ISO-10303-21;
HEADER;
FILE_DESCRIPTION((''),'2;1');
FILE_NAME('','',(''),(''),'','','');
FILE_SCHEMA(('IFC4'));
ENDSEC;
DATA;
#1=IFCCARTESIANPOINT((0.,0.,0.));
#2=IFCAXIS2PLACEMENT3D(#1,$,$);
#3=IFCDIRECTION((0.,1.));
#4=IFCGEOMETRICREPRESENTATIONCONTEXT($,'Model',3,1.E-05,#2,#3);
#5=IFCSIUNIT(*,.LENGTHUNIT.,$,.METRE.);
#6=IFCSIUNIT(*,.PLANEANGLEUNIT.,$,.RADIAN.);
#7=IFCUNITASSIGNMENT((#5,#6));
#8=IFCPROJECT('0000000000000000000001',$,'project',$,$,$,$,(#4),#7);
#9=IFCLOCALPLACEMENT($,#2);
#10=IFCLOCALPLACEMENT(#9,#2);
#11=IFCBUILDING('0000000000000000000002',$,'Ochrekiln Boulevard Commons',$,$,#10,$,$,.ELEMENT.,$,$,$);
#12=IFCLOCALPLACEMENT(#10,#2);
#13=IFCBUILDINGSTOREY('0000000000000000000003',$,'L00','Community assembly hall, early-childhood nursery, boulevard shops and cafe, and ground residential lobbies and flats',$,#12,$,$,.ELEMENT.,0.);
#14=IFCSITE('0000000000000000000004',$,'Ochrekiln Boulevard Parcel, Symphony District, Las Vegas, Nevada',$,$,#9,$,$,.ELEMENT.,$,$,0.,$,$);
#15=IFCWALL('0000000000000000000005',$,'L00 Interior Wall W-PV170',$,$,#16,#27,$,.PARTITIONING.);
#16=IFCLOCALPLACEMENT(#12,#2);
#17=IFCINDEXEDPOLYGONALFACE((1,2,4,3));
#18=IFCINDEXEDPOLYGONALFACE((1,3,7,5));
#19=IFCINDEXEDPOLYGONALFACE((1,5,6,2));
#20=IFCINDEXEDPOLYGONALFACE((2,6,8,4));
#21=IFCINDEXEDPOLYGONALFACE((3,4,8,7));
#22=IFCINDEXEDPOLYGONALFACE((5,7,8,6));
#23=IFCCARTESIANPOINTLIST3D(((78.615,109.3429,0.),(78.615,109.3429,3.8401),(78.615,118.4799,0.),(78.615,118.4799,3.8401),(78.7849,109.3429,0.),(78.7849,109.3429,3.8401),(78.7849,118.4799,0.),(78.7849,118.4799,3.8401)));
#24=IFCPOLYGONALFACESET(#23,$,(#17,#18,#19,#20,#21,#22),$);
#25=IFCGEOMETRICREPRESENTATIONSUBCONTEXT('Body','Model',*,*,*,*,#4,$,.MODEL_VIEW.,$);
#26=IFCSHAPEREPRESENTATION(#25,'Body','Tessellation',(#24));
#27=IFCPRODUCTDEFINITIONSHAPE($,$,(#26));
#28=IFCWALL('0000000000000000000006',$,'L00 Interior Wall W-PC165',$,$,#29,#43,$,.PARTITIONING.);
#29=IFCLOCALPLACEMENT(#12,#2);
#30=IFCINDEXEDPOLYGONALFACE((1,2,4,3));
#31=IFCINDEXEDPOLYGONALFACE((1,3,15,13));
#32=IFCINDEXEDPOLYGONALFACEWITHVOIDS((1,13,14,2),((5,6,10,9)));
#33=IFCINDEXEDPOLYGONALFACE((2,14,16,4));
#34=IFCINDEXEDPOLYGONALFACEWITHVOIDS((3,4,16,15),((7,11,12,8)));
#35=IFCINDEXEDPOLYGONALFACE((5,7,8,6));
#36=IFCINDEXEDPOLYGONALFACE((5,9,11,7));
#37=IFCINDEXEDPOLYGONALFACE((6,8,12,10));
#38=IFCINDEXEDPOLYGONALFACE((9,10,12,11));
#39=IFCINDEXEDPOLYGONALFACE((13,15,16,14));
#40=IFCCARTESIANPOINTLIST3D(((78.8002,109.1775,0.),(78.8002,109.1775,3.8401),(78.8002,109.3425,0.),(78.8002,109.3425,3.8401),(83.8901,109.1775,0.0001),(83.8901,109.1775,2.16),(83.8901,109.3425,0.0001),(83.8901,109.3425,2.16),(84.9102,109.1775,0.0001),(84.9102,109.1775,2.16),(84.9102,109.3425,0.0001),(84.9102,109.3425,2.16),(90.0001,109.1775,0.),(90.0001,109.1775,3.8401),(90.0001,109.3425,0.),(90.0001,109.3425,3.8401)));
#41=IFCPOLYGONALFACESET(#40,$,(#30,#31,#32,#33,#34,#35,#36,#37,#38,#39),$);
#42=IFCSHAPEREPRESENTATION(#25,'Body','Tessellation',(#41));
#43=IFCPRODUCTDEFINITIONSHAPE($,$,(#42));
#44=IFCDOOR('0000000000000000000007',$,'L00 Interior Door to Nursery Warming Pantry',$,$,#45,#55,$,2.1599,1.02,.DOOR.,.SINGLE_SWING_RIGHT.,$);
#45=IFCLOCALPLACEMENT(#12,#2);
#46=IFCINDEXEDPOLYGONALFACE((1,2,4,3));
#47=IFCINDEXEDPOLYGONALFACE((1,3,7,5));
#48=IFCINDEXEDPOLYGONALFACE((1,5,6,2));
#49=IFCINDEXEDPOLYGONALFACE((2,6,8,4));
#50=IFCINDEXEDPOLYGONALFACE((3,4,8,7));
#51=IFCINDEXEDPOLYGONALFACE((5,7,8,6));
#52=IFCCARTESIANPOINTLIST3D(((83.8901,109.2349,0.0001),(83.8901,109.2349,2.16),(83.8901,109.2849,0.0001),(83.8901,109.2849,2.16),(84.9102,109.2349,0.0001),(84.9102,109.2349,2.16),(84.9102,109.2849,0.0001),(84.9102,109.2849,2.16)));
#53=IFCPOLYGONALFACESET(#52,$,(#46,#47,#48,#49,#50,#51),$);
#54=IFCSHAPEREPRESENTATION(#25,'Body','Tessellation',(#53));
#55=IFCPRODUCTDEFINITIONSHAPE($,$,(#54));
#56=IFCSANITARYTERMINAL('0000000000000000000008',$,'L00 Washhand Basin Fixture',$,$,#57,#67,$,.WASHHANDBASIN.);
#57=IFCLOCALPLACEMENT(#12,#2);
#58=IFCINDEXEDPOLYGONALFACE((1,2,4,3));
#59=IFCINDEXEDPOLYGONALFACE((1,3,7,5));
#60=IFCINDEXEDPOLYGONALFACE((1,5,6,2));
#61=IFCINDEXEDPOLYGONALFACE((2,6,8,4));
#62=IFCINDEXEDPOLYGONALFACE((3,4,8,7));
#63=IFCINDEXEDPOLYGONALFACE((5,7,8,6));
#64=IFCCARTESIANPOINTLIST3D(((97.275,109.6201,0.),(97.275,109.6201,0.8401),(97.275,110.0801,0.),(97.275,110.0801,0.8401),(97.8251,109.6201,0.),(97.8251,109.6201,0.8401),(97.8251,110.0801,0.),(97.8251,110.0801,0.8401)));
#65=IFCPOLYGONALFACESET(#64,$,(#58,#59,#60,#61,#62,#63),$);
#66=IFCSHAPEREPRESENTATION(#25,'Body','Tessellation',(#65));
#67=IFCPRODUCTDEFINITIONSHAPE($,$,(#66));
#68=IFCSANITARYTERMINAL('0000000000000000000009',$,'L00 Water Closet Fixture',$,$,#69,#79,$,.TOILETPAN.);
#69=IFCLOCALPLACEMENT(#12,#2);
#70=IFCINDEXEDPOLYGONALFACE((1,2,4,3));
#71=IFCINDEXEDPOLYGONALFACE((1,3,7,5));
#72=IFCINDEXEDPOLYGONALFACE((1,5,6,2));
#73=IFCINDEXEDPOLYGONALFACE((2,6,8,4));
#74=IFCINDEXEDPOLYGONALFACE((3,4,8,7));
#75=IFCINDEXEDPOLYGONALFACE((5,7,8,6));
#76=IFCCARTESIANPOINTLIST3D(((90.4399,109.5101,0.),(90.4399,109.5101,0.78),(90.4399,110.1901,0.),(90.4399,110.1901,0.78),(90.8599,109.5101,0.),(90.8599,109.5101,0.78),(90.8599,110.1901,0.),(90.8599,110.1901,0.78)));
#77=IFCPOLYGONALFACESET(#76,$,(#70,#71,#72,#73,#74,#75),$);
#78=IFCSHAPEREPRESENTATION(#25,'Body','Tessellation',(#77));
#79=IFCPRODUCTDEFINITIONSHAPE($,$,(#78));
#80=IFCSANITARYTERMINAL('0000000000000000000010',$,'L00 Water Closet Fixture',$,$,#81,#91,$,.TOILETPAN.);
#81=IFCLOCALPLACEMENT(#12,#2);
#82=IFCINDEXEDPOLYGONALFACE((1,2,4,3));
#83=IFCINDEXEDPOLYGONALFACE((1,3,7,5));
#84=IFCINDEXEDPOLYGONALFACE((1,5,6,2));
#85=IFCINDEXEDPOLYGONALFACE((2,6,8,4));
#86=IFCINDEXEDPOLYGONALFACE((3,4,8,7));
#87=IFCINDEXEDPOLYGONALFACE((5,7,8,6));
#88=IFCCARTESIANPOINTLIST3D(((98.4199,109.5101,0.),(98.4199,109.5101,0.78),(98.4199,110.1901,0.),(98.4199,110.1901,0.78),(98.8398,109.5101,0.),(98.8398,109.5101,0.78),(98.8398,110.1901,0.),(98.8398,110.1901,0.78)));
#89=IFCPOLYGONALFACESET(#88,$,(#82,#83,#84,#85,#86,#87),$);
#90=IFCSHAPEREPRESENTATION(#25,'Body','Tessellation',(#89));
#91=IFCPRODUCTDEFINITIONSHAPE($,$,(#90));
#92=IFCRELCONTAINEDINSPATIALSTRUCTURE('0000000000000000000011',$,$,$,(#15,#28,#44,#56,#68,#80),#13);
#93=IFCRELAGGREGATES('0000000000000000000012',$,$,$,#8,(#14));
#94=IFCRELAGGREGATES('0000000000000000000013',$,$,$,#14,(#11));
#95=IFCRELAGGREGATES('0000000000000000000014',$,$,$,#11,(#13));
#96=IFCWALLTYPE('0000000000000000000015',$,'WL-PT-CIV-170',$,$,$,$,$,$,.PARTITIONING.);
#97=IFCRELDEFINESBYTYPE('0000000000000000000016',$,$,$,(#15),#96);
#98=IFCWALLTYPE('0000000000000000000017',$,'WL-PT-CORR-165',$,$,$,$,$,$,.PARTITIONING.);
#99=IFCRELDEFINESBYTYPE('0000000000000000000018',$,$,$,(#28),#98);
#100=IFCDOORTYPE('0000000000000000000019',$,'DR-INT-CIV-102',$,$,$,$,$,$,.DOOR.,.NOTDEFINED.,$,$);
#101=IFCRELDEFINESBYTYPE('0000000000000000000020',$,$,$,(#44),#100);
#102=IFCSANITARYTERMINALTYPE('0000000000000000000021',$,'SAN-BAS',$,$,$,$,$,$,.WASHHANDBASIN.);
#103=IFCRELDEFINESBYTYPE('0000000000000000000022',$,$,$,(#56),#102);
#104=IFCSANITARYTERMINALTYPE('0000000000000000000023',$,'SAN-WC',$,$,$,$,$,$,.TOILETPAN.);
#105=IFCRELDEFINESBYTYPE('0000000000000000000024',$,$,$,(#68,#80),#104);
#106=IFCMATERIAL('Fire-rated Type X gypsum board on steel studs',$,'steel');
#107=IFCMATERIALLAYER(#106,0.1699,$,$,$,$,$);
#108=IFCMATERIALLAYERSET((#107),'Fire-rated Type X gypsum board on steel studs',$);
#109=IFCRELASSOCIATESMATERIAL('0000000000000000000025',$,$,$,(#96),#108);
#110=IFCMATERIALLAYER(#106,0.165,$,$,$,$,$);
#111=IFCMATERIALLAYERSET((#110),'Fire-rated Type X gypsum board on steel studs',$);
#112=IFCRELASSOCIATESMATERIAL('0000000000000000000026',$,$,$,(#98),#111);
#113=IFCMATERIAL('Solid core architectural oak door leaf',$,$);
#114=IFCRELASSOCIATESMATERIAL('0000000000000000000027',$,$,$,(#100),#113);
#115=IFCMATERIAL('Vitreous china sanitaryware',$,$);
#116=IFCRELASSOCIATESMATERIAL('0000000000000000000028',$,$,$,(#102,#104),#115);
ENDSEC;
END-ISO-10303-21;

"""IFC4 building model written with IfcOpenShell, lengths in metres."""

from ifc_helpers import new_model, si_unit, direction, frame, frame_2d, origin, origin_2d, place, context, subcontext, project, spatial, rectangle, extrude, material, layer, layer_set, type_object, element, fill, save


model = new_model("IFC4")

# Units and contexts
model_context = context("Model", 3, precision=1e-05, world=origin(), true_north=direction((0.0, 1.0)))
body_context = subcontext(model_context, "Body", "Model", "MODEL_VIEW")
ifc_project = project(units=[si_unit("LENGTHUNIT", "METRE"), si_unit("PLANEANGLEUNIT", "RADIAN")], contexts=[model_context])

# Site, building, storey
site_placement = place(None, origin())
site = spatial("IfcSite", under=ifc_project, at=site_placement, Name="Ochrekiln Boulevard Parcel, Symphony District, Las Vegas, Nevada", CompositionType="ELEMENT", RefElevation=0.0)
building_placement = place(site_placement, origin())
building = spatial("IfcBuilding", under=site, at=building_placement, Name="Ochrekiln Boulevard Commons", CompositionType="ELEMENT")
storey_placement = place(building_placement, origin())
storey = spatial("IfcBuildingStorey", under=building, at=storey_placement, Name="L00", Description="Community assembly hall, early-childhood nursery, boulevard shops and cafe, and ground residential lobbies and flats", CompositionType="ELEMENT", Elevation=0.0)

# Shared definitions
ifc_material_1 = material(Name="Solid core architectural oak door leaf")

# Wall
ifc_material_2 = material(Name="Fire-rated Type X gypsum board on steel studs", Category="steel")
ifc_layer_1 = layer(ifc_material_2, 0.1699)
ifc_layer_set_1 = layer_set([ifc_layer_1], Name="Fire-rated Type X gypsum board on steel studs")
wall_type_1 = type_object("IfcWallType", Name="WL-PT-CIV-170", PredefinedType="PARTITIONING", material=ifc_layer_set_1)
wall_1_placement = place(storey_placement, frame((78.7, 109.343, 0.0), z_axis=(0.0, 0.0, 1.0), x_axis=(0.0, 1.0, 0.0)))
element("IfcWall", 1, at=wall_1_placement, inside=storey, type_object=wall_type_1, Name="L00 Interior Wall W-PV170", PredefinedType="PARTITIONING", context=body_context, shape_type="SweptSolid", body=[
    extrude(rectangle(XDim=9.137, YDim=0.1699, at=frame_2d((4.5684, 0.0))), origin(), (0.0, 0.0, 1.0), 3.8401),
])

# Wall, opening, door
ifc_layer_2 = layer(ifc_material_2, 0.165)
ifc_layer_set_2 = layer_set([ifc_layer_2], Name="Fire-rated Type X gypsum board on steel studs")
wall_type_2 = type_object("IfcWallType", Name="WL-PT-CORR-165", PredefinedType="PARTITIONING", material=ifc_layer_set_2)
wall_2_placement = place(storey_placement, frame((78.8, 109.26, 0.0), z_axis=(0.0, 0.0, 1.0), x_axis=(1.0, 0.0, 0.0)))
wall_2 = element("IfcWall", 2, at=wall_2_placement, inside=storey, type_object=wall_type_2, Name="L00 Interior Wall W-PC165", PredefinedType="PARTITIONING", context=body_context, shape_type="SweptSolid", body=[
    extrude(rectangle(XDim=11.2, YDim=0.165, at=frame_2d((5.6001, 0.0))), origin(), (0.0, 0.0, 1.0), 3.8401),
])
opening_1_placement = place(wall_2_placement, frame((5.0901, 0.0, 0.0)))
opening_1 = element("IfcOpeningElement", 3, at=opening_1_placement, cuts=wall_2, PredefinedType="OPENING", context=body_context, shape_type="SweptSolid", body=[
    extrude(rectangle(XDim=1.02, YDim=2.1599, at=frame_2d((0.51, 1.0801))), frame((0.0, 0.0925, 0.0), z_axis=(0.0, -1.0, 0.0), x_axis=(1.0, 0.0, 0.0)), (0.0, 0.0, 1.0), 0.1851),
])
door_type_1 = type_object("IfcDoorType", Name="DR-INT-CIV-102", OperationType="NOTDEFINED", PredefinedType="DOOR", material=ifc_material_1)
door_1_placement = place(opening_1_placement, origin())
door_1 = element("IfcDoor", 4, at=door_1_placement, inside=storey, type_object=door_type_1, Name="L00 Interior Door to Nursery Warming Pantry", OperationType="SINGLE_SWING_RIGHT", OverallHeight=2.1599, OverallWidth=1.02, PredefinedType="DOOR", context=body_context, shape_type="SweptSolid", body=[
    extrude(rectangle(XDim=1.02, YDim=2.1599, at=frame_2d((0.51, 1.0801))), frame((0.0, 0.0249, 0.0), z_axis=(0.0, -1.0, 0.0), x_axis=(1.0, 0.0, 0.0)), (0.0, 0.0, 1.0), 0.05),
])
fill(opening_1, door_1)

# Sanitary terminals
ifc_material_3 = material(Name="Vitreous china sanitaryware")
sanitary_terminal_type_1 = type_object("IfcSanitaryTerminalType", Name="SAN-BAS", PredefinedType="WASHHANDBASIN", material=ifc_material_3)
sanitary_terminal_placement = place(storey_placement, frame((97.55, 109.8501, 0.0), z_axis=(0.0, 0.0, 1.0), x_axis=(1.0, 0.0, 0.0)))
element("IfcSanitaryTerminal", 5, at=sanitary_terminal_placement, inside=storey, type_object=sanitary_terminal_type_1, Name="L00 Washhand Basin Fixture", PredefinedType="WASHHANDBASIN", context=body_context, shape_type="SweptSolid", body=[
    extrude(rectangle(XDim=0.55, YDim=0.46, at=origin_2d()), origin(), (0.0, 0.0, 1.0), 0.8401),
])
sanitary_terminal_type_2 = type_object("IfcSanitaryTerminalType", Name="SAN-WC", PredefinedType="TOILETPAN", material=ifc_material_3)
for number, where, z_axis, x_axis, name in (
    (6, (90.6499, 109.8501, 0.0), (0.0, 0.0, 1.0), (1.0, 0.0, 0.0), "L00 Water Closet Fixture"),
    (7, (98.6299, 109.8501, 0.0), (0.0, 0.0, 1.0), (1.0, 0.0, 0.0), "L00 Water Closet Fixture"),
):
    element("IfcSanitaryTerminal", number, at=place(storey_placement, frame(where, z_axis=z_axis, x_axis=x_axis)), inside=storey, type_object=sanitary_terminal_type_2, Name=name, PredefinedType="TOILETPAN", context=body_context, shape_type="SweptSolid", body=[
        extrude(rectangle(XDim=0.4199, YDim=0.6799, at=origin_2d()), origin(), (0.0, 0.0, 1.0), 0.78),
    ])

save(model, "model.ifc")
